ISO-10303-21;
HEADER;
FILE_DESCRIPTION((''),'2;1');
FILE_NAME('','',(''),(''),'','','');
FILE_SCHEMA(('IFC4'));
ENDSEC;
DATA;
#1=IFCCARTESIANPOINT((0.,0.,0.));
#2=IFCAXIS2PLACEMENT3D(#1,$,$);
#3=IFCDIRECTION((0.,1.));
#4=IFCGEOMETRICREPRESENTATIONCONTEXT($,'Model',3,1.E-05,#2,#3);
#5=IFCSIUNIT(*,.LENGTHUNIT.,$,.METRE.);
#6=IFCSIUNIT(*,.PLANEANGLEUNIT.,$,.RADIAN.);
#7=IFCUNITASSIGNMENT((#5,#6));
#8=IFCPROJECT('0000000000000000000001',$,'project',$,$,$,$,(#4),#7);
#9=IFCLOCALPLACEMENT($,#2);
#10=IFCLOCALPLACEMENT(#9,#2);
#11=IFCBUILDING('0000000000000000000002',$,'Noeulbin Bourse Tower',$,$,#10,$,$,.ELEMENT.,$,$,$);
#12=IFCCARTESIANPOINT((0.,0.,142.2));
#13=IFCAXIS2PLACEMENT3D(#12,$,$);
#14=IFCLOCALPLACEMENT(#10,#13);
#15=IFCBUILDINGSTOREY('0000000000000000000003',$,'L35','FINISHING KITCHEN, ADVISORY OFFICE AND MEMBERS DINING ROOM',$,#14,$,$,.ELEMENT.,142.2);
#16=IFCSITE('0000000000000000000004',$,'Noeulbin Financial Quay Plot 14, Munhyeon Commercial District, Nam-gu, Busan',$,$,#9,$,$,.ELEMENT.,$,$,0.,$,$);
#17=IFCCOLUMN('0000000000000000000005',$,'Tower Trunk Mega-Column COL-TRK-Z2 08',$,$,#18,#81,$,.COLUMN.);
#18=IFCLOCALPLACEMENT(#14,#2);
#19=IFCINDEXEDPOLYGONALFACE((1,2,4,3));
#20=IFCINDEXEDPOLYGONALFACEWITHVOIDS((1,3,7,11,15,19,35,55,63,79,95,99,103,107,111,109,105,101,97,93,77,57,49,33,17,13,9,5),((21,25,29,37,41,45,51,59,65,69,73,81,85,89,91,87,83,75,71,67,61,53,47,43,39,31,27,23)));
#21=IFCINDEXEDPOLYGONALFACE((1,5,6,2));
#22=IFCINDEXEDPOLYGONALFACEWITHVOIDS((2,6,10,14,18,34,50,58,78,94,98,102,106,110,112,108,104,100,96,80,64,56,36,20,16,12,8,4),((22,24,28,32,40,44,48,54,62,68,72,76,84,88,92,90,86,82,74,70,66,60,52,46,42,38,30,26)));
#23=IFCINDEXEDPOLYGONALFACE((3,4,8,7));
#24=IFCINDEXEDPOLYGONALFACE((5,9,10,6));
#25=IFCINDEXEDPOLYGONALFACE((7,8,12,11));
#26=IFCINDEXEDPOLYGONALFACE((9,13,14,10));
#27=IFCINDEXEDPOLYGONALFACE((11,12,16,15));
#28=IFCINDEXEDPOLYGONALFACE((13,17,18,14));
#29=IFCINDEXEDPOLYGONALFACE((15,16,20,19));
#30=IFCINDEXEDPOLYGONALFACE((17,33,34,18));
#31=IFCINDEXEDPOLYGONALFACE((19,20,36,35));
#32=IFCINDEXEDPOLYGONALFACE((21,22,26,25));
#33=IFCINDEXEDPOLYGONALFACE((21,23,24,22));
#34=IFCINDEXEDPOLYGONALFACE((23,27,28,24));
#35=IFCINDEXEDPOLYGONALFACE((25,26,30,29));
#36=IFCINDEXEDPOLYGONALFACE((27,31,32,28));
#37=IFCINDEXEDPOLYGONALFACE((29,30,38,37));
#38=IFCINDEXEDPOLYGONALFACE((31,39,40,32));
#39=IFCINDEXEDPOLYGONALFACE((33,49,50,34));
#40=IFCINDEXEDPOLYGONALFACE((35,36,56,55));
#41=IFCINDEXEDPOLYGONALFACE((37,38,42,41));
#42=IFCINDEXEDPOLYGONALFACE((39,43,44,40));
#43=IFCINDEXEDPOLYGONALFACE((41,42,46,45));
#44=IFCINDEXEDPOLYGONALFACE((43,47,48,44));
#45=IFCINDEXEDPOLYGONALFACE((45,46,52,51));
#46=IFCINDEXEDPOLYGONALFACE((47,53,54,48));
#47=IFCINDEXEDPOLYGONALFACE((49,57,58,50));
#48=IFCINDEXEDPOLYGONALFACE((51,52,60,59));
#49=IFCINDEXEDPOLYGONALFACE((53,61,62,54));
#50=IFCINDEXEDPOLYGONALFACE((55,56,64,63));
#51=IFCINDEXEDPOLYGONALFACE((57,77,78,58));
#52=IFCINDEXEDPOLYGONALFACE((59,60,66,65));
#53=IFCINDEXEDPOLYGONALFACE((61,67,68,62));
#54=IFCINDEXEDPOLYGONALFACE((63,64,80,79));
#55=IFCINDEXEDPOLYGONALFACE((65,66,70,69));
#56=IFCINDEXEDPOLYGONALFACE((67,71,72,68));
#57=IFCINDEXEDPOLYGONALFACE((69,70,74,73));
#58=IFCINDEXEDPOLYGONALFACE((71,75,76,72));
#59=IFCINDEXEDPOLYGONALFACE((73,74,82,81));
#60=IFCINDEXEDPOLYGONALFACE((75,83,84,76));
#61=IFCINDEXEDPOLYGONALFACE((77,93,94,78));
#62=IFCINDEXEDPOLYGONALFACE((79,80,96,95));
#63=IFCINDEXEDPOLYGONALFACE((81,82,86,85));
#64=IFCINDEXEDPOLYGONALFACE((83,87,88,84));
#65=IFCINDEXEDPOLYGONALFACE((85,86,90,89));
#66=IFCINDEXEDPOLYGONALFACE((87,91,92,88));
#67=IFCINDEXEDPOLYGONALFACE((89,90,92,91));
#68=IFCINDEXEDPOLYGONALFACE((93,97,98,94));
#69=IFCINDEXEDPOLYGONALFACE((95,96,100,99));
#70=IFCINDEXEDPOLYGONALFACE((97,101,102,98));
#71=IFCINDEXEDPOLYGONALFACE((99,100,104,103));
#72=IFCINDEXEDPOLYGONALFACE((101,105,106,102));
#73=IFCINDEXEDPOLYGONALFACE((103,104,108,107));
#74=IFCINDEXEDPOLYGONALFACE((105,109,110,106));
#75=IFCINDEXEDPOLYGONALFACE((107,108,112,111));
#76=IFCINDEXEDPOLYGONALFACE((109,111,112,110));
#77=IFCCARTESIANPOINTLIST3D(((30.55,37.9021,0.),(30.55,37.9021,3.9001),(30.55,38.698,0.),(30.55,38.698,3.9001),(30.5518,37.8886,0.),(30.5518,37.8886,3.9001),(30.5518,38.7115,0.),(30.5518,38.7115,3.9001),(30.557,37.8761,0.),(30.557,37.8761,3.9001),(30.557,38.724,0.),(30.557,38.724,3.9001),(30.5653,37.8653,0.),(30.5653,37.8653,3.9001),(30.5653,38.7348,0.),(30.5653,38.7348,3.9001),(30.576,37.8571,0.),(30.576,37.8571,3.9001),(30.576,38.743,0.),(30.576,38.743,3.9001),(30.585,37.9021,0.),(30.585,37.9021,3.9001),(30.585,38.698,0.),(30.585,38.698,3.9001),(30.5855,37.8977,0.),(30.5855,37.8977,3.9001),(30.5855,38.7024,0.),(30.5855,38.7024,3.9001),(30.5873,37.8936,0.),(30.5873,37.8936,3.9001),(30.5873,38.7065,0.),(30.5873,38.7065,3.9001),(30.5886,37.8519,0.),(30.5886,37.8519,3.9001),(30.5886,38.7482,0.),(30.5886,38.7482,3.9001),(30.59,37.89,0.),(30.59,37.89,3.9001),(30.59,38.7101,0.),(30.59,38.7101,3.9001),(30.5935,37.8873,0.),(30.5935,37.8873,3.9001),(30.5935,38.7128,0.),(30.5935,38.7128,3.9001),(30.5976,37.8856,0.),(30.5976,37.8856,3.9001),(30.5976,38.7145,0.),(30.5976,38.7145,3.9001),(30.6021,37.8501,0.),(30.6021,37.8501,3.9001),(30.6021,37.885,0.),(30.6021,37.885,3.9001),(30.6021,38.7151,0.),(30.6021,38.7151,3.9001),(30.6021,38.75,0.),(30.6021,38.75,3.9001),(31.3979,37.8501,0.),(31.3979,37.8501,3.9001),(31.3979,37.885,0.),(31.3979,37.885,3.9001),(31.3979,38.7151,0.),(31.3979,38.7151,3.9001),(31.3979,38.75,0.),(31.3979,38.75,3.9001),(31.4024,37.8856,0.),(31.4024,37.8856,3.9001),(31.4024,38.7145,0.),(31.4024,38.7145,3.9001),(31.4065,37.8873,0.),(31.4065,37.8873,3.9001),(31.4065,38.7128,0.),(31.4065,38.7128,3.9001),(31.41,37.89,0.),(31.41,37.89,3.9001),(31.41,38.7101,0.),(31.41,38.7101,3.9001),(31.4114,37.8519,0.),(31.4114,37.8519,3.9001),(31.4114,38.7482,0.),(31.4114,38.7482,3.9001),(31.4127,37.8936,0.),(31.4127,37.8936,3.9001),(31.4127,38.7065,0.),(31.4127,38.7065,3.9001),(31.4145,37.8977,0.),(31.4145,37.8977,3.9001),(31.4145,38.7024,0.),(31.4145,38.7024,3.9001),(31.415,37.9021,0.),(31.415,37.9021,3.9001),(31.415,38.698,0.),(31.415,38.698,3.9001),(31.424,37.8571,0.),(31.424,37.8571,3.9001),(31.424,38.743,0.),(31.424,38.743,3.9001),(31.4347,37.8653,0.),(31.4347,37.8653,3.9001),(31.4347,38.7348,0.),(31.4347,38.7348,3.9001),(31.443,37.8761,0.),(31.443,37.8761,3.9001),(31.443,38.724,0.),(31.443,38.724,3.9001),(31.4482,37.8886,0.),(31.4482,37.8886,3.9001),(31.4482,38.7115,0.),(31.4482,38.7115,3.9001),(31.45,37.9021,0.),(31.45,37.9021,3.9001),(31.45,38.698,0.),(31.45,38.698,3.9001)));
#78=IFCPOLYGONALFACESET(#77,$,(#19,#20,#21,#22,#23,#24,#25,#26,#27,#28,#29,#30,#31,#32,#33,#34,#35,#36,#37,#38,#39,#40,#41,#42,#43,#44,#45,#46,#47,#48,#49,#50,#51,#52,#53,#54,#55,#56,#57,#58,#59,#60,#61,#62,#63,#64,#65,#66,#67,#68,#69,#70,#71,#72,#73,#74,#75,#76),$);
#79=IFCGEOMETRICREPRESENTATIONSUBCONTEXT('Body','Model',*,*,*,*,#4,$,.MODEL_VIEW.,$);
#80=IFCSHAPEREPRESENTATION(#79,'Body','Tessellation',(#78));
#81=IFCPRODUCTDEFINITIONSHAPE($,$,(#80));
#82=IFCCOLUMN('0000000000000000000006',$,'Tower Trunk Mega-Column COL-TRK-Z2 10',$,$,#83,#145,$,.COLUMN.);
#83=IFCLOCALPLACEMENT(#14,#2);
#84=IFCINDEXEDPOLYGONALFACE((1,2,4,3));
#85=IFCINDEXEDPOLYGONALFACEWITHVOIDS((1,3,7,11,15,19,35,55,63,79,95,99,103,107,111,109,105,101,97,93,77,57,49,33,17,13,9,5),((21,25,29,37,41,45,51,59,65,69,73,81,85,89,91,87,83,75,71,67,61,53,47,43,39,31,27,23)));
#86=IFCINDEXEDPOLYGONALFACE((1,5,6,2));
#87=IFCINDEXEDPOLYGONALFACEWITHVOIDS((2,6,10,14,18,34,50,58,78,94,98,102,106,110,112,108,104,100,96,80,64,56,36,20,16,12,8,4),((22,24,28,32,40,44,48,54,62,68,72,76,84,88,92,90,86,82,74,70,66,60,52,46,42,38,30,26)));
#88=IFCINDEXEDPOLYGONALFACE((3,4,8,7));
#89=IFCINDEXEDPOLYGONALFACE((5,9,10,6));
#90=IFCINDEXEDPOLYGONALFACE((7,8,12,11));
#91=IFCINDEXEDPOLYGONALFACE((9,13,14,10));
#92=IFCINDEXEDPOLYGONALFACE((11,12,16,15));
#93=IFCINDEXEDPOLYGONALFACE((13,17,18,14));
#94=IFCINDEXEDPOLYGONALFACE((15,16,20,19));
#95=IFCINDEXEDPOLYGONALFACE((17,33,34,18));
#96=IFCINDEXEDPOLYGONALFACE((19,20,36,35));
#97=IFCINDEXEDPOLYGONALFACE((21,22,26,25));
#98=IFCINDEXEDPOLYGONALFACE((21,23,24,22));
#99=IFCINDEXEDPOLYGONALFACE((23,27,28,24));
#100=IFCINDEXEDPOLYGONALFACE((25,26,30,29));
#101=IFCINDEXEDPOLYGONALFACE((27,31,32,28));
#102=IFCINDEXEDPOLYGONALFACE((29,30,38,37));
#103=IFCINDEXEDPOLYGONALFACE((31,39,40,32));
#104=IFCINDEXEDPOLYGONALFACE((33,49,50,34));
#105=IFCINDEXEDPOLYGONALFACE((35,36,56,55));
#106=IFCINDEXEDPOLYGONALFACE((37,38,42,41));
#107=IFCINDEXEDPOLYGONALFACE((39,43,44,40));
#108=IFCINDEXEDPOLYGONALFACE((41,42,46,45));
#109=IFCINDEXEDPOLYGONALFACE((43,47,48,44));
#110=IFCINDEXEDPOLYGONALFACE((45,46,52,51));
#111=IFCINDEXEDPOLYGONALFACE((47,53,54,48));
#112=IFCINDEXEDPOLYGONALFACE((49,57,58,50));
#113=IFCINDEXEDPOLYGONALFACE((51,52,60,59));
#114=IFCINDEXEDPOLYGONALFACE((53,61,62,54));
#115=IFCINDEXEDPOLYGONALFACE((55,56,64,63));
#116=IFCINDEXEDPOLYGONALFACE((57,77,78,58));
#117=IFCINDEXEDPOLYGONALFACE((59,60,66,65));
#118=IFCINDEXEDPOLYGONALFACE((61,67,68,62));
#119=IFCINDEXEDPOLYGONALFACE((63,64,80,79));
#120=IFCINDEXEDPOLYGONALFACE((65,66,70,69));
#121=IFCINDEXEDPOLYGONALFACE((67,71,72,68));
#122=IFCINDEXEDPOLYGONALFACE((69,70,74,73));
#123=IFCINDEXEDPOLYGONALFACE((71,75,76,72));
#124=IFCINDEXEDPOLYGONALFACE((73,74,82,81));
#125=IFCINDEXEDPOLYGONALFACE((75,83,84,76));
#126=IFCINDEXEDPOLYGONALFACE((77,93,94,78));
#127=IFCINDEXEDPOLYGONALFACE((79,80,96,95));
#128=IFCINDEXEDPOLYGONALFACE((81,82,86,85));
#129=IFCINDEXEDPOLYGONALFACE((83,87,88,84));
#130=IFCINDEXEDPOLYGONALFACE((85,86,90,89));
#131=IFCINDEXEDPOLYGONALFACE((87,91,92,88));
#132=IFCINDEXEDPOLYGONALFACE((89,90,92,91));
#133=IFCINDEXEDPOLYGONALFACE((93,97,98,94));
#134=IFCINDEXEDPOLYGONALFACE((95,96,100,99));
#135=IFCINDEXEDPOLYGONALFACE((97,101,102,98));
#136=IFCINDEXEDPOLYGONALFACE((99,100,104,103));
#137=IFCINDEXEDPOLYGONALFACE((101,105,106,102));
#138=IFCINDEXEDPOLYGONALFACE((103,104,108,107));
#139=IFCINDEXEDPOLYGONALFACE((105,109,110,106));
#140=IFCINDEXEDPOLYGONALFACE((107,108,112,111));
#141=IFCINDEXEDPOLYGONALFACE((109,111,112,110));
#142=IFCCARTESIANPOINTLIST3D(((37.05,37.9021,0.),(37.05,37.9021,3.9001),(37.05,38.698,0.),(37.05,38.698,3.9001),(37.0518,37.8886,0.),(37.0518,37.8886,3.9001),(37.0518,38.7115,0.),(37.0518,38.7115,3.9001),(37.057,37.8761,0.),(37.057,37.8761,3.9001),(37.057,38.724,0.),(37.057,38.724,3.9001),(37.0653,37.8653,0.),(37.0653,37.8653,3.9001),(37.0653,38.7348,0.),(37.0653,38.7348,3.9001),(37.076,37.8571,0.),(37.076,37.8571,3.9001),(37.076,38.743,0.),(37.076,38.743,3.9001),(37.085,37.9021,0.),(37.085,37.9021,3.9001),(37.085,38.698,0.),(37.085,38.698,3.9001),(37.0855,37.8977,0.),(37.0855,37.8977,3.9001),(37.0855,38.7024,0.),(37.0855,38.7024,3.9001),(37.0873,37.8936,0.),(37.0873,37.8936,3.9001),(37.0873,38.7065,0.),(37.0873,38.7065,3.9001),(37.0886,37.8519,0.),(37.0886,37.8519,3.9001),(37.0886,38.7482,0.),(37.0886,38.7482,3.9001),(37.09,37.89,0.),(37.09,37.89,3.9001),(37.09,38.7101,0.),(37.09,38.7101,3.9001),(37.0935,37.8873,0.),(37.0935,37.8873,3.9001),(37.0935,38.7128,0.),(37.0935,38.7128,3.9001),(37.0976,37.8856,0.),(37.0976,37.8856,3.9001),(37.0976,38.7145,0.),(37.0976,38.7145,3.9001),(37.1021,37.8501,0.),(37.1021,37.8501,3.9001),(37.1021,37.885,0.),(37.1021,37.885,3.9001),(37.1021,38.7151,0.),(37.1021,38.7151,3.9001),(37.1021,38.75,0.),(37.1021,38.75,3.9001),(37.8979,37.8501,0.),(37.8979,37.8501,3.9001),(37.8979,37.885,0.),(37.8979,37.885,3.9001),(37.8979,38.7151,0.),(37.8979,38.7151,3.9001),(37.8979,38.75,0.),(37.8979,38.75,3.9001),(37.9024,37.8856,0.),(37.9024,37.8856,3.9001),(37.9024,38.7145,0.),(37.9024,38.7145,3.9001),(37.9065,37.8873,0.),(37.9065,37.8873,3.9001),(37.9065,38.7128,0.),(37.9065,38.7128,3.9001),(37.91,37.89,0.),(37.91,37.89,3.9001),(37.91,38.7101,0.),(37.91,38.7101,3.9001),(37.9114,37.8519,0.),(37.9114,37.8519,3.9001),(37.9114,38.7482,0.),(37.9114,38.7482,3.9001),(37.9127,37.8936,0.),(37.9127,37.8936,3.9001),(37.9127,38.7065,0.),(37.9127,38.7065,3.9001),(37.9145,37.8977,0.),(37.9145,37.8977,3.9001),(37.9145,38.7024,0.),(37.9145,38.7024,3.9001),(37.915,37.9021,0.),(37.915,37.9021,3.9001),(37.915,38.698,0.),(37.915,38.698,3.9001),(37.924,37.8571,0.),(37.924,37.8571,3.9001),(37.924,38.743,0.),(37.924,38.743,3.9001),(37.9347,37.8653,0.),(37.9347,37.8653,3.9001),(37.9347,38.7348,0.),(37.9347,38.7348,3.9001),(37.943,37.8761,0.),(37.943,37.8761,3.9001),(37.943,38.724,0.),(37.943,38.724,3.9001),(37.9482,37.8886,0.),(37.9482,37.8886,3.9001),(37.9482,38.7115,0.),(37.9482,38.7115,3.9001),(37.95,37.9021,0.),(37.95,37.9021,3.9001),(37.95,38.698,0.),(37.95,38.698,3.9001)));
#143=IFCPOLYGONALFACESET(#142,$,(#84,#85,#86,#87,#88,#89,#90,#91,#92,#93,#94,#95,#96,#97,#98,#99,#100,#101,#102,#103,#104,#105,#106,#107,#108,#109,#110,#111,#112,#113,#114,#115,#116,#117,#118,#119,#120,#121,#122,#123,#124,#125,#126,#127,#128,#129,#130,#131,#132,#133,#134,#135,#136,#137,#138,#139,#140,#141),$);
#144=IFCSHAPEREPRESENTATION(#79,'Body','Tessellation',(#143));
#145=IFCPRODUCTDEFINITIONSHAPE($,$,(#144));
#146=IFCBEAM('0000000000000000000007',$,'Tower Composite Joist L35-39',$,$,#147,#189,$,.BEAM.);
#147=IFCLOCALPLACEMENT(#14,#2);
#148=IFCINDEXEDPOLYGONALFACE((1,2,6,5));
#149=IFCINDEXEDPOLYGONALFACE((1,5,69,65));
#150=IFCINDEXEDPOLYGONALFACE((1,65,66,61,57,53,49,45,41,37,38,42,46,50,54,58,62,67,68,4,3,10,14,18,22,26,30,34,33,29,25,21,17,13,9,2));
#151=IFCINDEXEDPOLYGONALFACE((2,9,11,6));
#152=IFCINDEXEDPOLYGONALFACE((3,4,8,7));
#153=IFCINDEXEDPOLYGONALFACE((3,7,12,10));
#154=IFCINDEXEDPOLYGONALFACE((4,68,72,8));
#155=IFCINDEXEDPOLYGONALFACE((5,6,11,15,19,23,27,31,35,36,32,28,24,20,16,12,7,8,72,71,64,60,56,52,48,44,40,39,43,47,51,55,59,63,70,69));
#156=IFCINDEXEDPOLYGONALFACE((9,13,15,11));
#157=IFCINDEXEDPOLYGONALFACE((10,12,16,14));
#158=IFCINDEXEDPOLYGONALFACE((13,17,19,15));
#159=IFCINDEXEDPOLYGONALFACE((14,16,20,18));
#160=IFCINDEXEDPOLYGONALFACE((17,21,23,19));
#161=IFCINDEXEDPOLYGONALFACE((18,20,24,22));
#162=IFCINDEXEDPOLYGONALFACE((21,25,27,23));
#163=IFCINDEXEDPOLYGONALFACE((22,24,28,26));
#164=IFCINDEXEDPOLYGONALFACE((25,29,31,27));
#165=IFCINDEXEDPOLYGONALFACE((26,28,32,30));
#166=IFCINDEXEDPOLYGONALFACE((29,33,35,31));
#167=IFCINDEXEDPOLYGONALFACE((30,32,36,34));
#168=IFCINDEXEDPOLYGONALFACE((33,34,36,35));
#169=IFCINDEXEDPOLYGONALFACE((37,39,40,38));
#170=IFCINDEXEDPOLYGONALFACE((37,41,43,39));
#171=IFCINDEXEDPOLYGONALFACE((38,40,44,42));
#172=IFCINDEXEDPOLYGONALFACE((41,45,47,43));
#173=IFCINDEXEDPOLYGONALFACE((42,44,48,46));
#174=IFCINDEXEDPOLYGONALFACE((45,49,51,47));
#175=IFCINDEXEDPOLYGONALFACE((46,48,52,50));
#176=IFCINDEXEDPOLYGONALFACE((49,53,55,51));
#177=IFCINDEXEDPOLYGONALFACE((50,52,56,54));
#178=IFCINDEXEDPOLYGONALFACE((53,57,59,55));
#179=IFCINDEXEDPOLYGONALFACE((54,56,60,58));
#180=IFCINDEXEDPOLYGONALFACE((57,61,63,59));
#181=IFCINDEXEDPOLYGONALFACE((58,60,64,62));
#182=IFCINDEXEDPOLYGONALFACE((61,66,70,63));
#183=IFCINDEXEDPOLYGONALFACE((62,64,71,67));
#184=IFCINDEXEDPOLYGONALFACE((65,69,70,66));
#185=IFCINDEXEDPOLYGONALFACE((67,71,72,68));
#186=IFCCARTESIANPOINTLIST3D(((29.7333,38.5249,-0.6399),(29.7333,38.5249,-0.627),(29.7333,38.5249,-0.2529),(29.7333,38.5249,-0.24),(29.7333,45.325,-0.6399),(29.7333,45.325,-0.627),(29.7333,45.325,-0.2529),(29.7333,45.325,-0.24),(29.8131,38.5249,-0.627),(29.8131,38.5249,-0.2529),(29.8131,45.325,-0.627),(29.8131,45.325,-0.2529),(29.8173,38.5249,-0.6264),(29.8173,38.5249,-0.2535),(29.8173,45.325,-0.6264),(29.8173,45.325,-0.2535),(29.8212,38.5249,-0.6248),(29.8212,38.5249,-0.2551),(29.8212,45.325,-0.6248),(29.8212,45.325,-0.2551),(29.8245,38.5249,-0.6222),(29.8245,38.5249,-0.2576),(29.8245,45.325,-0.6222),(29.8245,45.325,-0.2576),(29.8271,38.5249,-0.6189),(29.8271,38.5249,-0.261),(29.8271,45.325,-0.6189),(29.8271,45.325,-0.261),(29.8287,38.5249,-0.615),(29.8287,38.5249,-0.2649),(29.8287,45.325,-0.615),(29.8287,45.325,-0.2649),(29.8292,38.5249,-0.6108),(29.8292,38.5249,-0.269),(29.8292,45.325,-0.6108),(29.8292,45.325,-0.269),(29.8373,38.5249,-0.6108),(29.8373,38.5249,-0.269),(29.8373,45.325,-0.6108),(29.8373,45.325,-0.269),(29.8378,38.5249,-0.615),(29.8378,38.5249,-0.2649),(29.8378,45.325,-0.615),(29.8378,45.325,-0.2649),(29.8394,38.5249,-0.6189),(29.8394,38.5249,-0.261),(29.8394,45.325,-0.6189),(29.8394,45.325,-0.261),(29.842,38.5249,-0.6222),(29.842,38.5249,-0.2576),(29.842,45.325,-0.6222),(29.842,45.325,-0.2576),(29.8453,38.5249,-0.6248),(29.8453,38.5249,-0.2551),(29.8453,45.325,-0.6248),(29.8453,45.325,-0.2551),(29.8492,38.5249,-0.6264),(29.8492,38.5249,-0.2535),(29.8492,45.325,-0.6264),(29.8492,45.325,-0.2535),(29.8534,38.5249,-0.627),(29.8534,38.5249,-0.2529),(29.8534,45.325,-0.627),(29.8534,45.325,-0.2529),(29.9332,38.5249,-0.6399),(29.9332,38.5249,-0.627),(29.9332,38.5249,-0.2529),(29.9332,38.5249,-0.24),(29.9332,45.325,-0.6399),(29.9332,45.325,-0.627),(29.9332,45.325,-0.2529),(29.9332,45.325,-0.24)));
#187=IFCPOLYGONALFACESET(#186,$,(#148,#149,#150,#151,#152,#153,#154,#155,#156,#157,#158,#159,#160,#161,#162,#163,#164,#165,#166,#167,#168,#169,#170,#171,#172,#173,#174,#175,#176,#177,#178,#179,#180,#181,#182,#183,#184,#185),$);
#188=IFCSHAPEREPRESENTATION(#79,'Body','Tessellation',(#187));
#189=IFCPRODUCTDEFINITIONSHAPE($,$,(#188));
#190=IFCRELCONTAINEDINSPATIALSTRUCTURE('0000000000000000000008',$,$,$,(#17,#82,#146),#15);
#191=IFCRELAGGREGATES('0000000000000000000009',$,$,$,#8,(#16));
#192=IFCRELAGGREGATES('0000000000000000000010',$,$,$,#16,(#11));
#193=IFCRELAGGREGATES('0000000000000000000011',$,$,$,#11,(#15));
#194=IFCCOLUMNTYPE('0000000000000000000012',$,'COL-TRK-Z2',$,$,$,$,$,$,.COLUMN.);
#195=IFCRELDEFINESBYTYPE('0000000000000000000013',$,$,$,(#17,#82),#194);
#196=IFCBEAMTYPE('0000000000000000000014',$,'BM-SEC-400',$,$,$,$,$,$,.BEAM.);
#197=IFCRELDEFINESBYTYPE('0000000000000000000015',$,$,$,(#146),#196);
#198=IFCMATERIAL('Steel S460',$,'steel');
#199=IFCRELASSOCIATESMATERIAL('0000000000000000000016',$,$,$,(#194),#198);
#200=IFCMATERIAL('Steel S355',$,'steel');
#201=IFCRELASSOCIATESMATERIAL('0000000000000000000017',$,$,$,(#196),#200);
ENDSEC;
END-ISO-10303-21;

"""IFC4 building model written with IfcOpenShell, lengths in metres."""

from ifc_helpers import new_model, si_unit, direction, frame, origin, origin_2d, place, context, subcontext, project, spatial, hollow_rectangle, i_section, extrude, material, material_profile, profile_set, type_object, element, save


model = new_model("IFC4")

# Units and contexts
model_context = context("Model", 3, precision=1e-05, world=origin(), true_north=direction((0.0, 1.0)))
body_context = subcontext(model_context, "Body", "Model", "MODEL_VIEW")
ifc_project = project(units=[si_unit("LENGTHUNIT", "METRE"), si_unit("PLANEANGLEUNIT", "RADIAN")], contexts=[model_context])

# Site, building, storey
site_placement = place(None, origin())
site = spatial("IfcSite", under=ifc_project, at=site_placement, Name="Noeulbin Financial Quay Plot 14, Munhyeon Commercial District, Nam-gu, Busan", CompositionType="ELEMENT", RefElevation=0.0)
building_placement = place(site_placement, origin())
building = spatial("IfcBuilding", under=site, at=building_placement, Name="Noeulbin Bourse Tower", CompositionType="ELEMENT")
storey_placement = place(building_placement, frame((0.0, 0.0, 142.2)))
storey = spatial("IfcBuildingStorey", under=building, at=storey_placement, Name="L35", Description="FINISHING KITCHEN, ADVISORY OFFICE AND MEMBERS DINING ROOM", CompositionType="ELEMENT", Elevation=142.2)

# Columns
ifc_material_1 = material(Name="Steel S460", Category="steel")
ifc_material_profile_1 = material_profile(ifc_material_1, hollow_rectangle(XDim=0.8999, YDim=0.8999, WallThickness=0.0349, InnerFilletRadius=0.0171, OuterFilletRadius=0.052, at=origin_2d()), Name="BOX-900x900x35", Category="LoadBearing")
ifc_profile_set_1 = profile_set([ifc_material_profile_1], Name="Steel S460")
column_type = type_object("IfcColumnType", Name="COL-TRK-Z2", PredefinedType="COLUMN", material=ifc_profile_set_1)
for number, where, z_axis, x_axis, name in (
    (1, (31.0, 38.3, 0.0), (0.0, 0.0, 1.0), (1.0, 0.0, 0.0), "Tower Trunk Mega-Column COL-TRK-Z2 08"),
    (2, (37.5, 38.3, 0.0), (0.0, 0.0, 1.0), (1.0, 0.0, 0.0), "Tower Trunk Mega-Column COL-TRK-Z2 10"),
):
    element("IfcColumn", number, at=place(storey_placement, frame(where, z_axis=z_axis, x_axis=x_axis)), inside=storey, type_object=column_type, Name=name, PredefinedType="COLUMN", context=body_context, shape_type="SweptSolid", body=[
        extrude(hollow_rectangle(XDim=0.8999, YDim=0.8999, WallThickness=0.0349, InnerFilletRadius=0.0171, OuterFilletRadius=0.052, at=origin_2d()), origin(), (0.0, 0.0, 1.0), 3.9001),
    ])

# Beam
ifc_material_2 = material(Name="Steel S355", Category="steel")
ifc_material_profile_2 = material_profile(ifc_material_2, i_section(OverallWidth=0.2, OverallDepth=0.3999, WebThickness=0.0081, FlangeThickness=0.0129, FilletRadius=0.0161, at=origin_2d()), Name="H-400x200x8x13", Category="LoadBearing")
ifc_profile_set_2 = profile_set([ifc_material_profile_2], Name="Steel S355")
beam_type_1 = type_object("IfcBeamType", Name="BM-SEC-400", PredefinedType="BEAM", material=ifc_profile_set_2)
for number, where, z_axis, x_axis, name in (
    (3, (29.8333, 38.5249, -0.4399), (0.0, 1.0, 0.0), (-1.0, 0.0, 0.0), "Tower Composite Joist L35-39"),
):
    element("IfcBeam", number, at=place(storey_placement, frame(where, z_axis=z_axis, x_axis=x_axis)), inside=storey, type_object=beam_type_1, Name=name, PredefinedType="BEAM", context=body_context, shape_type="SweptSolid", body=[
        extrude(i_section(OverallWidth=0.2, OverallDepth=0.3999, WebThickness=0.0081, FlangeThickness=0.0129, FilletRadius=0.0161, at=origin_2d()), origin(), (0.0, 0.0, 1.0), 6.8),
    ])

save(model, "model.ifc")
